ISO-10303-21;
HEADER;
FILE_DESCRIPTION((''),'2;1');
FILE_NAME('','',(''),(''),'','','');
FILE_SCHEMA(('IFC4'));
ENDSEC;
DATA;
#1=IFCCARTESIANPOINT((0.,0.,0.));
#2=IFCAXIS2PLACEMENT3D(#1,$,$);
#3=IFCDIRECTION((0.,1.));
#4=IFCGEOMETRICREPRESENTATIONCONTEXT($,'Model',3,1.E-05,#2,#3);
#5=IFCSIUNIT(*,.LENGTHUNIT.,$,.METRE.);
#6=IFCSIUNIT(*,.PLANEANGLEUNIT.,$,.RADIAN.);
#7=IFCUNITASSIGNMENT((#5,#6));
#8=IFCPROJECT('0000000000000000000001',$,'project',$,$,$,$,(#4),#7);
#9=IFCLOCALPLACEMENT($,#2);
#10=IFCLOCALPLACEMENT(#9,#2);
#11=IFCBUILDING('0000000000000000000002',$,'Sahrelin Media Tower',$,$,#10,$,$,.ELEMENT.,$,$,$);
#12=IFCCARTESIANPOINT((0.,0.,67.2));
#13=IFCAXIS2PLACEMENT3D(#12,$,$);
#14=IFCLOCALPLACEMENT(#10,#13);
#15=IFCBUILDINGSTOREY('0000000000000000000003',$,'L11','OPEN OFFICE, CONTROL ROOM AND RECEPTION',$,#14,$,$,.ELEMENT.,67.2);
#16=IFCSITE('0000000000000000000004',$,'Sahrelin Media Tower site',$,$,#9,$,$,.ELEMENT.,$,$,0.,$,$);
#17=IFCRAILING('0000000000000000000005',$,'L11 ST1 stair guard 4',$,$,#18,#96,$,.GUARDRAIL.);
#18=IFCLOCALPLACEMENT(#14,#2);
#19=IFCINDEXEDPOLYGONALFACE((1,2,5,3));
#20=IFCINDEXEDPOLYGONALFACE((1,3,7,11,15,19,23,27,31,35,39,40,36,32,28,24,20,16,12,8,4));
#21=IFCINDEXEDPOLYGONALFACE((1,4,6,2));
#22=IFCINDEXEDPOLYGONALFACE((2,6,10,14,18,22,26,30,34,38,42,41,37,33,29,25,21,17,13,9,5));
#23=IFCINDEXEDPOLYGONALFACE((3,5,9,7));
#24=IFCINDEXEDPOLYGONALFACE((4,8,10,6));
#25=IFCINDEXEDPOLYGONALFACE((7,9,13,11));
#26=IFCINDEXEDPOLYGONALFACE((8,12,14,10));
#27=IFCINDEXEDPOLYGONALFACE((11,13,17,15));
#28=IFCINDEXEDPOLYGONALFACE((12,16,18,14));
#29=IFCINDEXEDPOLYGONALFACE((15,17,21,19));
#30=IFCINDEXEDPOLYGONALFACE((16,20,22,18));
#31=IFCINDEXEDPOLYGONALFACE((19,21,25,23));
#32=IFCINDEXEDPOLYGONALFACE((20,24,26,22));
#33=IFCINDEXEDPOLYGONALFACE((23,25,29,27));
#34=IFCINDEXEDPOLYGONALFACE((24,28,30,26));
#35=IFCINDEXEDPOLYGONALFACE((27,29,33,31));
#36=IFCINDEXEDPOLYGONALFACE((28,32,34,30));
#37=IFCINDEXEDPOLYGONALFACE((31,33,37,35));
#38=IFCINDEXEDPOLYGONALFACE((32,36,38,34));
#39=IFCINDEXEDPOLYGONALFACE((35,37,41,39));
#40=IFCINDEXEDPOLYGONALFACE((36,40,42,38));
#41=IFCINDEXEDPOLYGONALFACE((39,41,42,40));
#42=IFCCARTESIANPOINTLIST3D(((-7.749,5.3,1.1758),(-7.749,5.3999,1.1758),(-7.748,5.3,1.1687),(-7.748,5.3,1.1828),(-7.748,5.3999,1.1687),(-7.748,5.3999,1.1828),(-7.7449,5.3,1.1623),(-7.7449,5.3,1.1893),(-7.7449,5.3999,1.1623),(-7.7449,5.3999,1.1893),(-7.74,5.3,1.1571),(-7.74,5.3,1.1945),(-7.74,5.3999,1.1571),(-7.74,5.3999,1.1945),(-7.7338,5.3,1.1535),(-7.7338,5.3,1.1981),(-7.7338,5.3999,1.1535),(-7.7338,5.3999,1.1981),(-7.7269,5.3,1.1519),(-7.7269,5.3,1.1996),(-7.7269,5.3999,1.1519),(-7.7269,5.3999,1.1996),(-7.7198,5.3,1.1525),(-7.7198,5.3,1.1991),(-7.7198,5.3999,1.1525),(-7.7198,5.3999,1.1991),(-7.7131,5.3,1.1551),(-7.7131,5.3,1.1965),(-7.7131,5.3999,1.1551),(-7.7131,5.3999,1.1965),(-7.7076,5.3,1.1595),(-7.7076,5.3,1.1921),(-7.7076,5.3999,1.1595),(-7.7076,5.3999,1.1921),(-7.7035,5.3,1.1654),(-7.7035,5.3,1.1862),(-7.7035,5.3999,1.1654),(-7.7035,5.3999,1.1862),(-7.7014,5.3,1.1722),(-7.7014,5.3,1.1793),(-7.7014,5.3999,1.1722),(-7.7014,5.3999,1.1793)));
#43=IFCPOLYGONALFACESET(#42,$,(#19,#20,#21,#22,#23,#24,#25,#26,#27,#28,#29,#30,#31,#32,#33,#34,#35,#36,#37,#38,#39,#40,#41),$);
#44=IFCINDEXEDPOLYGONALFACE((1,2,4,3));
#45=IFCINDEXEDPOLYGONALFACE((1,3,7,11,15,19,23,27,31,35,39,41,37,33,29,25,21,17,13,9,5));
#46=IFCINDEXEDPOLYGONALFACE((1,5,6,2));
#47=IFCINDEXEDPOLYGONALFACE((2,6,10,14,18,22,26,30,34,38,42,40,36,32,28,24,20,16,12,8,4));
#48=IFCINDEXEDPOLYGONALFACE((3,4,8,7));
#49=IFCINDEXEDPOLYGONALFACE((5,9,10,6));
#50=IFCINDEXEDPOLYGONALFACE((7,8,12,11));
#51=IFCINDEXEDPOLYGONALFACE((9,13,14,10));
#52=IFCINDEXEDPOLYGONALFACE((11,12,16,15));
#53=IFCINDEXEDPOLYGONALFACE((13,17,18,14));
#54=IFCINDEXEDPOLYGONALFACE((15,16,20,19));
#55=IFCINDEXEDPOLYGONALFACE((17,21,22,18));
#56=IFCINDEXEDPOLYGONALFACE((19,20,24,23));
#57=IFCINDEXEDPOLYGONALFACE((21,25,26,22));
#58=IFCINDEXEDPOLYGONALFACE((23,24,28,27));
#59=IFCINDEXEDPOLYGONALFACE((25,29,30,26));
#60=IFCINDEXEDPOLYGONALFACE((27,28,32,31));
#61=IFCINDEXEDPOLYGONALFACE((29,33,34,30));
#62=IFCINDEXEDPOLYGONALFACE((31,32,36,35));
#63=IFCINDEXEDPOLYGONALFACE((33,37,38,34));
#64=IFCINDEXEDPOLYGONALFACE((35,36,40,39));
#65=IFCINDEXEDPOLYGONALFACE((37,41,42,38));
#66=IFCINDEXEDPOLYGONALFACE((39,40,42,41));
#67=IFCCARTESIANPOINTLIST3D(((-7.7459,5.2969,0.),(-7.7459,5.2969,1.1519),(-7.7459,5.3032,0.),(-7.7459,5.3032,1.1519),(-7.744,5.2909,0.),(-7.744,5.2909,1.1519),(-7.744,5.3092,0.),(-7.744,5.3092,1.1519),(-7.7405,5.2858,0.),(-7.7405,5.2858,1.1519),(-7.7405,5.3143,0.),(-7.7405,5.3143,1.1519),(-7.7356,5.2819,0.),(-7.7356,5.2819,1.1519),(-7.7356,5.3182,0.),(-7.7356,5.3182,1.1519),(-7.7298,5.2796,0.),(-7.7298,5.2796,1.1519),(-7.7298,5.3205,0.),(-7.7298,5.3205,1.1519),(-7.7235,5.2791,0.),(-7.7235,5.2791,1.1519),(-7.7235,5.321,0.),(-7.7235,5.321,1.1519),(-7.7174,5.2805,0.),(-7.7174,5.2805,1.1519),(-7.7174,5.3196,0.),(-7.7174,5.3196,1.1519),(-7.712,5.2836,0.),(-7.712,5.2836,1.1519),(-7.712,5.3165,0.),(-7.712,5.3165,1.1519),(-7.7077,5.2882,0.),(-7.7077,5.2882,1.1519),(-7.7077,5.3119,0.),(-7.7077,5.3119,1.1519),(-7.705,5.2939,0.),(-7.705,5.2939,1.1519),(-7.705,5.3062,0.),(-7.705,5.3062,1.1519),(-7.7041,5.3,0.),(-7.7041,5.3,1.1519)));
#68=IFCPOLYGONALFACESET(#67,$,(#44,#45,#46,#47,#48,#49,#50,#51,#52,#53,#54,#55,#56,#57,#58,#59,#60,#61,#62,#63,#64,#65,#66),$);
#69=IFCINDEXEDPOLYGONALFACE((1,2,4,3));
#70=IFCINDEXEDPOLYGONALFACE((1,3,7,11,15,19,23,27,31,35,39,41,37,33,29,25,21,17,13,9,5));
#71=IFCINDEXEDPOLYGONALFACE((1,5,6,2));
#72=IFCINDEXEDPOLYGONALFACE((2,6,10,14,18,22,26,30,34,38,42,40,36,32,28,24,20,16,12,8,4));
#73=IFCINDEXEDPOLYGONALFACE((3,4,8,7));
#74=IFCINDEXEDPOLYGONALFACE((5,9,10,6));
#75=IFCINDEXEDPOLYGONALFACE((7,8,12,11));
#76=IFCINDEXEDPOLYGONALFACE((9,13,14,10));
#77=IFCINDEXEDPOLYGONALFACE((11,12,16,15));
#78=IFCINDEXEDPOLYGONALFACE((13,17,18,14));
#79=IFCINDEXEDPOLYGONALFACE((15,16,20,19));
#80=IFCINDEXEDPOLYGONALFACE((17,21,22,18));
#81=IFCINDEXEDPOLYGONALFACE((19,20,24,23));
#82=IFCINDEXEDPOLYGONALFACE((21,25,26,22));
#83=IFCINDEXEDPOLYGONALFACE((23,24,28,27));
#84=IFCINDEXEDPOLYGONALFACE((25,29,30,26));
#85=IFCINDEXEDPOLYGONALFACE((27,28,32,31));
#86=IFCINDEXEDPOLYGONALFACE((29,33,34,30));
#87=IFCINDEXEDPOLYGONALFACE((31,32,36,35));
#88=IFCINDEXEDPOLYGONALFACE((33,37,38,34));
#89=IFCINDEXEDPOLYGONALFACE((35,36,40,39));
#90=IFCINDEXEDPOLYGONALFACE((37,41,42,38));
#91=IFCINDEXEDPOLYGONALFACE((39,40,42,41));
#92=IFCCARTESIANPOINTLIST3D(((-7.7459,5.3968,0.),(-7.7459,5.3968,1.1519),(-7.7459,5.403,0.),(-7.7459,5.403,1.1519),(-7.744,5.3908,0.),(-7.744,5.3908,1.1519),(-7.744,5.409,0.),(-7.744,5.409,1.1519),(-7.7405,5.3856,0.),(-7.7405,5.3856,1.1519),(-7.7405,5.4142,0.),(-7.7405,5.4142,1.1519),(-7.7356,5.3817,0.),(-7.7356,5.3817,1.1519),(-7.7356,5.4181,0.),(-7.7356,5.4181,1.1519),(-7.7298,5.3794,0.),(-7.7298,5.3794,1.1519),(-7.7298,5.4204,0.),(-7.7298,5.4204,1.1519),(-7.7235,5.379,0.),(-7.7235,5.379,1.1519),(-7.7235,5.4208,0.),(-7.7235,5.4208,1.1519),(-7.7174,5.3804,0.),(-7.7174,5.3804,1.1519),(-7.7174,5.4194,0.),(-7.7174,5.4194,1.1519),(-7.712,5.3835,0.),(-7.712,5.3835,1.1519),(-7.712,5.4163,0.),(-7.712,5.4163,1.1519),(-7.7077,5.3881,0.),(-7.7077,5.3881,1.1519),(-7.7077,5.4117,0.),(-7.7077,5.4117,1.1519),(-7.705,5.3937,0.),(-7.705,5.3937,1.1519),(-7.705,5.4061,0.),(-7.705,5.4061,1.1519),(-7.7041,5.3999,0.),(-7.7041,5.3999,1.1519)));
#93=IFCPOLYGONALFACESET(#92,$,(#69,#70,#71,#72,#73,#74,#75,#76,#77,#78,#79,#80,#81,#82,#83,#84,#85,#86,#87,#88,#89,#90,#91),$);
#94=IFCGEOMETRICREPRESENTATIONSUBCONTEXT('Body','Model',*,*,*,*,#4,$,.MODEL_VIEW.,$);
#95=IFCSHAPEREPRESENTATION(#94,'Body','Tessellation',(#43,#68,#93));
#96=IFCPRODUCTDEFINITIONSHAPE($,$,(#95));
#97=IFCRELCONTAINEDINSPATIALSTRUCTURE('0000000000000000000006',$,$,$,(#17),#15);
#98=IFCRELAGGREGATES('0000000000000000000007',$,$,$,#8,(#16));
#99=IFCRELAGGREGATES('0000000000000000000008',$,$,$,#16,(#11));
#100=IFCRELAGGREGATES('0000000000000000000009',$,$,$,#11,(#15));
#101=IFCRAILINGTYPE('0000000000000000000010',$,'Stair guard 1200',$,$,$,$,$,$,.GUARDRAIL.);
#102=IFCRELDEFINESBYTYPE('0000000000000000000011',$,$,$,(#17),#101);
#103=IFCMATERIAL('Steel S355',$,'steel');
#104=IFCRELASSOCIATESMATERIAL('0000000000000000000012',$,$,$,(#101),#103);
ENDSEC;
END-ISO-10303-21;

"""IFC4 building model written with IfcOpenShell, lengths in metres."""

from ifc_helpers import new_model, si_unit, direction, frame, origin, origin_2d, place, context, subcontext, project, spatial, circle, extrude, material, type_object, element, save


model = new_model("IFC4")

# Units and contexts
model_context = context("Model", 3, precision=1e-05, world=origin(), true_north=direction((0.0, 1.0)))
body_context = subcontext(model_context, "Body", "Model", "MODEL_VIEW")
ifc_project = project(units=[si_unit("LENGTHUNIT", "METRE"), si_unit("PLANEANGLEUNIT", "RADIAN")], contexts=[model_context])

# Site, building, storey
site_placement = place(None, origin())
site = spatial("IfcSite", under=ifc_project, at=site_placement, Name="Sahrelin Media Tower site", CompositionType="ELEMENT", RefElevation=0.0)
building_placement = place(site_placement, origin())
building = spatial("IfcBuilding", under=site, at=building_placement, Name="Sahrelin Media Tower", CompositionType="ELEMENT")
storey_placement = place(building_placement, frame((0.0, 0.0, 67.2)))
storey = spatial("IfcBuildingStorey", under=building, at=storey_placement, Name="L11", Description="OPEN OFFICE, CONTROL ROOM AND RECEPTION", CompositionType="ELEMENT", Elevation=67.2)

# Shared definitions
ifc_material_1 = material(Name="Steel S355", Category="steel")

# Railing
railing_type_1 = type_object("IfcRailingType", Name="Stair guard 1200", PredefinedType="GUARDRAIL", material=ifc_material_1)
railing_1_placement = place(storey_placement, frame((-7.7251, 5.3, 0.0)))
element("IfcRailing", 1, at=railing_1_placement, inside=storey, type_object=railing_type_1, Name="L11 ST1 stair guard 4", PredefinedType="GUARDRAIL", context=body_context, shape_type="SweptSolid", body=[
    extrude(circle(Radius=0.0239, at=origin_2d()), frame((0.0, 0.0, 1.1758), z_axis=(0.0, 1.0, 0.0), x_axis=(-1.0, 0.0, 0.0)), (0.0, 0.0, 1.0), 0.0999),
    extrude(circle(Radius=0.021, at=origin_2d()), origin(), (0.0, 0.0, 1.0), 1.1519),
    extrude(circle(Radius=0.021, at=origin_2d()), frame((0.0, 0.0999, 0.0)), (0.0, 0.0, 1.0), 1.1519),
])

save(model, "model.ifc")
